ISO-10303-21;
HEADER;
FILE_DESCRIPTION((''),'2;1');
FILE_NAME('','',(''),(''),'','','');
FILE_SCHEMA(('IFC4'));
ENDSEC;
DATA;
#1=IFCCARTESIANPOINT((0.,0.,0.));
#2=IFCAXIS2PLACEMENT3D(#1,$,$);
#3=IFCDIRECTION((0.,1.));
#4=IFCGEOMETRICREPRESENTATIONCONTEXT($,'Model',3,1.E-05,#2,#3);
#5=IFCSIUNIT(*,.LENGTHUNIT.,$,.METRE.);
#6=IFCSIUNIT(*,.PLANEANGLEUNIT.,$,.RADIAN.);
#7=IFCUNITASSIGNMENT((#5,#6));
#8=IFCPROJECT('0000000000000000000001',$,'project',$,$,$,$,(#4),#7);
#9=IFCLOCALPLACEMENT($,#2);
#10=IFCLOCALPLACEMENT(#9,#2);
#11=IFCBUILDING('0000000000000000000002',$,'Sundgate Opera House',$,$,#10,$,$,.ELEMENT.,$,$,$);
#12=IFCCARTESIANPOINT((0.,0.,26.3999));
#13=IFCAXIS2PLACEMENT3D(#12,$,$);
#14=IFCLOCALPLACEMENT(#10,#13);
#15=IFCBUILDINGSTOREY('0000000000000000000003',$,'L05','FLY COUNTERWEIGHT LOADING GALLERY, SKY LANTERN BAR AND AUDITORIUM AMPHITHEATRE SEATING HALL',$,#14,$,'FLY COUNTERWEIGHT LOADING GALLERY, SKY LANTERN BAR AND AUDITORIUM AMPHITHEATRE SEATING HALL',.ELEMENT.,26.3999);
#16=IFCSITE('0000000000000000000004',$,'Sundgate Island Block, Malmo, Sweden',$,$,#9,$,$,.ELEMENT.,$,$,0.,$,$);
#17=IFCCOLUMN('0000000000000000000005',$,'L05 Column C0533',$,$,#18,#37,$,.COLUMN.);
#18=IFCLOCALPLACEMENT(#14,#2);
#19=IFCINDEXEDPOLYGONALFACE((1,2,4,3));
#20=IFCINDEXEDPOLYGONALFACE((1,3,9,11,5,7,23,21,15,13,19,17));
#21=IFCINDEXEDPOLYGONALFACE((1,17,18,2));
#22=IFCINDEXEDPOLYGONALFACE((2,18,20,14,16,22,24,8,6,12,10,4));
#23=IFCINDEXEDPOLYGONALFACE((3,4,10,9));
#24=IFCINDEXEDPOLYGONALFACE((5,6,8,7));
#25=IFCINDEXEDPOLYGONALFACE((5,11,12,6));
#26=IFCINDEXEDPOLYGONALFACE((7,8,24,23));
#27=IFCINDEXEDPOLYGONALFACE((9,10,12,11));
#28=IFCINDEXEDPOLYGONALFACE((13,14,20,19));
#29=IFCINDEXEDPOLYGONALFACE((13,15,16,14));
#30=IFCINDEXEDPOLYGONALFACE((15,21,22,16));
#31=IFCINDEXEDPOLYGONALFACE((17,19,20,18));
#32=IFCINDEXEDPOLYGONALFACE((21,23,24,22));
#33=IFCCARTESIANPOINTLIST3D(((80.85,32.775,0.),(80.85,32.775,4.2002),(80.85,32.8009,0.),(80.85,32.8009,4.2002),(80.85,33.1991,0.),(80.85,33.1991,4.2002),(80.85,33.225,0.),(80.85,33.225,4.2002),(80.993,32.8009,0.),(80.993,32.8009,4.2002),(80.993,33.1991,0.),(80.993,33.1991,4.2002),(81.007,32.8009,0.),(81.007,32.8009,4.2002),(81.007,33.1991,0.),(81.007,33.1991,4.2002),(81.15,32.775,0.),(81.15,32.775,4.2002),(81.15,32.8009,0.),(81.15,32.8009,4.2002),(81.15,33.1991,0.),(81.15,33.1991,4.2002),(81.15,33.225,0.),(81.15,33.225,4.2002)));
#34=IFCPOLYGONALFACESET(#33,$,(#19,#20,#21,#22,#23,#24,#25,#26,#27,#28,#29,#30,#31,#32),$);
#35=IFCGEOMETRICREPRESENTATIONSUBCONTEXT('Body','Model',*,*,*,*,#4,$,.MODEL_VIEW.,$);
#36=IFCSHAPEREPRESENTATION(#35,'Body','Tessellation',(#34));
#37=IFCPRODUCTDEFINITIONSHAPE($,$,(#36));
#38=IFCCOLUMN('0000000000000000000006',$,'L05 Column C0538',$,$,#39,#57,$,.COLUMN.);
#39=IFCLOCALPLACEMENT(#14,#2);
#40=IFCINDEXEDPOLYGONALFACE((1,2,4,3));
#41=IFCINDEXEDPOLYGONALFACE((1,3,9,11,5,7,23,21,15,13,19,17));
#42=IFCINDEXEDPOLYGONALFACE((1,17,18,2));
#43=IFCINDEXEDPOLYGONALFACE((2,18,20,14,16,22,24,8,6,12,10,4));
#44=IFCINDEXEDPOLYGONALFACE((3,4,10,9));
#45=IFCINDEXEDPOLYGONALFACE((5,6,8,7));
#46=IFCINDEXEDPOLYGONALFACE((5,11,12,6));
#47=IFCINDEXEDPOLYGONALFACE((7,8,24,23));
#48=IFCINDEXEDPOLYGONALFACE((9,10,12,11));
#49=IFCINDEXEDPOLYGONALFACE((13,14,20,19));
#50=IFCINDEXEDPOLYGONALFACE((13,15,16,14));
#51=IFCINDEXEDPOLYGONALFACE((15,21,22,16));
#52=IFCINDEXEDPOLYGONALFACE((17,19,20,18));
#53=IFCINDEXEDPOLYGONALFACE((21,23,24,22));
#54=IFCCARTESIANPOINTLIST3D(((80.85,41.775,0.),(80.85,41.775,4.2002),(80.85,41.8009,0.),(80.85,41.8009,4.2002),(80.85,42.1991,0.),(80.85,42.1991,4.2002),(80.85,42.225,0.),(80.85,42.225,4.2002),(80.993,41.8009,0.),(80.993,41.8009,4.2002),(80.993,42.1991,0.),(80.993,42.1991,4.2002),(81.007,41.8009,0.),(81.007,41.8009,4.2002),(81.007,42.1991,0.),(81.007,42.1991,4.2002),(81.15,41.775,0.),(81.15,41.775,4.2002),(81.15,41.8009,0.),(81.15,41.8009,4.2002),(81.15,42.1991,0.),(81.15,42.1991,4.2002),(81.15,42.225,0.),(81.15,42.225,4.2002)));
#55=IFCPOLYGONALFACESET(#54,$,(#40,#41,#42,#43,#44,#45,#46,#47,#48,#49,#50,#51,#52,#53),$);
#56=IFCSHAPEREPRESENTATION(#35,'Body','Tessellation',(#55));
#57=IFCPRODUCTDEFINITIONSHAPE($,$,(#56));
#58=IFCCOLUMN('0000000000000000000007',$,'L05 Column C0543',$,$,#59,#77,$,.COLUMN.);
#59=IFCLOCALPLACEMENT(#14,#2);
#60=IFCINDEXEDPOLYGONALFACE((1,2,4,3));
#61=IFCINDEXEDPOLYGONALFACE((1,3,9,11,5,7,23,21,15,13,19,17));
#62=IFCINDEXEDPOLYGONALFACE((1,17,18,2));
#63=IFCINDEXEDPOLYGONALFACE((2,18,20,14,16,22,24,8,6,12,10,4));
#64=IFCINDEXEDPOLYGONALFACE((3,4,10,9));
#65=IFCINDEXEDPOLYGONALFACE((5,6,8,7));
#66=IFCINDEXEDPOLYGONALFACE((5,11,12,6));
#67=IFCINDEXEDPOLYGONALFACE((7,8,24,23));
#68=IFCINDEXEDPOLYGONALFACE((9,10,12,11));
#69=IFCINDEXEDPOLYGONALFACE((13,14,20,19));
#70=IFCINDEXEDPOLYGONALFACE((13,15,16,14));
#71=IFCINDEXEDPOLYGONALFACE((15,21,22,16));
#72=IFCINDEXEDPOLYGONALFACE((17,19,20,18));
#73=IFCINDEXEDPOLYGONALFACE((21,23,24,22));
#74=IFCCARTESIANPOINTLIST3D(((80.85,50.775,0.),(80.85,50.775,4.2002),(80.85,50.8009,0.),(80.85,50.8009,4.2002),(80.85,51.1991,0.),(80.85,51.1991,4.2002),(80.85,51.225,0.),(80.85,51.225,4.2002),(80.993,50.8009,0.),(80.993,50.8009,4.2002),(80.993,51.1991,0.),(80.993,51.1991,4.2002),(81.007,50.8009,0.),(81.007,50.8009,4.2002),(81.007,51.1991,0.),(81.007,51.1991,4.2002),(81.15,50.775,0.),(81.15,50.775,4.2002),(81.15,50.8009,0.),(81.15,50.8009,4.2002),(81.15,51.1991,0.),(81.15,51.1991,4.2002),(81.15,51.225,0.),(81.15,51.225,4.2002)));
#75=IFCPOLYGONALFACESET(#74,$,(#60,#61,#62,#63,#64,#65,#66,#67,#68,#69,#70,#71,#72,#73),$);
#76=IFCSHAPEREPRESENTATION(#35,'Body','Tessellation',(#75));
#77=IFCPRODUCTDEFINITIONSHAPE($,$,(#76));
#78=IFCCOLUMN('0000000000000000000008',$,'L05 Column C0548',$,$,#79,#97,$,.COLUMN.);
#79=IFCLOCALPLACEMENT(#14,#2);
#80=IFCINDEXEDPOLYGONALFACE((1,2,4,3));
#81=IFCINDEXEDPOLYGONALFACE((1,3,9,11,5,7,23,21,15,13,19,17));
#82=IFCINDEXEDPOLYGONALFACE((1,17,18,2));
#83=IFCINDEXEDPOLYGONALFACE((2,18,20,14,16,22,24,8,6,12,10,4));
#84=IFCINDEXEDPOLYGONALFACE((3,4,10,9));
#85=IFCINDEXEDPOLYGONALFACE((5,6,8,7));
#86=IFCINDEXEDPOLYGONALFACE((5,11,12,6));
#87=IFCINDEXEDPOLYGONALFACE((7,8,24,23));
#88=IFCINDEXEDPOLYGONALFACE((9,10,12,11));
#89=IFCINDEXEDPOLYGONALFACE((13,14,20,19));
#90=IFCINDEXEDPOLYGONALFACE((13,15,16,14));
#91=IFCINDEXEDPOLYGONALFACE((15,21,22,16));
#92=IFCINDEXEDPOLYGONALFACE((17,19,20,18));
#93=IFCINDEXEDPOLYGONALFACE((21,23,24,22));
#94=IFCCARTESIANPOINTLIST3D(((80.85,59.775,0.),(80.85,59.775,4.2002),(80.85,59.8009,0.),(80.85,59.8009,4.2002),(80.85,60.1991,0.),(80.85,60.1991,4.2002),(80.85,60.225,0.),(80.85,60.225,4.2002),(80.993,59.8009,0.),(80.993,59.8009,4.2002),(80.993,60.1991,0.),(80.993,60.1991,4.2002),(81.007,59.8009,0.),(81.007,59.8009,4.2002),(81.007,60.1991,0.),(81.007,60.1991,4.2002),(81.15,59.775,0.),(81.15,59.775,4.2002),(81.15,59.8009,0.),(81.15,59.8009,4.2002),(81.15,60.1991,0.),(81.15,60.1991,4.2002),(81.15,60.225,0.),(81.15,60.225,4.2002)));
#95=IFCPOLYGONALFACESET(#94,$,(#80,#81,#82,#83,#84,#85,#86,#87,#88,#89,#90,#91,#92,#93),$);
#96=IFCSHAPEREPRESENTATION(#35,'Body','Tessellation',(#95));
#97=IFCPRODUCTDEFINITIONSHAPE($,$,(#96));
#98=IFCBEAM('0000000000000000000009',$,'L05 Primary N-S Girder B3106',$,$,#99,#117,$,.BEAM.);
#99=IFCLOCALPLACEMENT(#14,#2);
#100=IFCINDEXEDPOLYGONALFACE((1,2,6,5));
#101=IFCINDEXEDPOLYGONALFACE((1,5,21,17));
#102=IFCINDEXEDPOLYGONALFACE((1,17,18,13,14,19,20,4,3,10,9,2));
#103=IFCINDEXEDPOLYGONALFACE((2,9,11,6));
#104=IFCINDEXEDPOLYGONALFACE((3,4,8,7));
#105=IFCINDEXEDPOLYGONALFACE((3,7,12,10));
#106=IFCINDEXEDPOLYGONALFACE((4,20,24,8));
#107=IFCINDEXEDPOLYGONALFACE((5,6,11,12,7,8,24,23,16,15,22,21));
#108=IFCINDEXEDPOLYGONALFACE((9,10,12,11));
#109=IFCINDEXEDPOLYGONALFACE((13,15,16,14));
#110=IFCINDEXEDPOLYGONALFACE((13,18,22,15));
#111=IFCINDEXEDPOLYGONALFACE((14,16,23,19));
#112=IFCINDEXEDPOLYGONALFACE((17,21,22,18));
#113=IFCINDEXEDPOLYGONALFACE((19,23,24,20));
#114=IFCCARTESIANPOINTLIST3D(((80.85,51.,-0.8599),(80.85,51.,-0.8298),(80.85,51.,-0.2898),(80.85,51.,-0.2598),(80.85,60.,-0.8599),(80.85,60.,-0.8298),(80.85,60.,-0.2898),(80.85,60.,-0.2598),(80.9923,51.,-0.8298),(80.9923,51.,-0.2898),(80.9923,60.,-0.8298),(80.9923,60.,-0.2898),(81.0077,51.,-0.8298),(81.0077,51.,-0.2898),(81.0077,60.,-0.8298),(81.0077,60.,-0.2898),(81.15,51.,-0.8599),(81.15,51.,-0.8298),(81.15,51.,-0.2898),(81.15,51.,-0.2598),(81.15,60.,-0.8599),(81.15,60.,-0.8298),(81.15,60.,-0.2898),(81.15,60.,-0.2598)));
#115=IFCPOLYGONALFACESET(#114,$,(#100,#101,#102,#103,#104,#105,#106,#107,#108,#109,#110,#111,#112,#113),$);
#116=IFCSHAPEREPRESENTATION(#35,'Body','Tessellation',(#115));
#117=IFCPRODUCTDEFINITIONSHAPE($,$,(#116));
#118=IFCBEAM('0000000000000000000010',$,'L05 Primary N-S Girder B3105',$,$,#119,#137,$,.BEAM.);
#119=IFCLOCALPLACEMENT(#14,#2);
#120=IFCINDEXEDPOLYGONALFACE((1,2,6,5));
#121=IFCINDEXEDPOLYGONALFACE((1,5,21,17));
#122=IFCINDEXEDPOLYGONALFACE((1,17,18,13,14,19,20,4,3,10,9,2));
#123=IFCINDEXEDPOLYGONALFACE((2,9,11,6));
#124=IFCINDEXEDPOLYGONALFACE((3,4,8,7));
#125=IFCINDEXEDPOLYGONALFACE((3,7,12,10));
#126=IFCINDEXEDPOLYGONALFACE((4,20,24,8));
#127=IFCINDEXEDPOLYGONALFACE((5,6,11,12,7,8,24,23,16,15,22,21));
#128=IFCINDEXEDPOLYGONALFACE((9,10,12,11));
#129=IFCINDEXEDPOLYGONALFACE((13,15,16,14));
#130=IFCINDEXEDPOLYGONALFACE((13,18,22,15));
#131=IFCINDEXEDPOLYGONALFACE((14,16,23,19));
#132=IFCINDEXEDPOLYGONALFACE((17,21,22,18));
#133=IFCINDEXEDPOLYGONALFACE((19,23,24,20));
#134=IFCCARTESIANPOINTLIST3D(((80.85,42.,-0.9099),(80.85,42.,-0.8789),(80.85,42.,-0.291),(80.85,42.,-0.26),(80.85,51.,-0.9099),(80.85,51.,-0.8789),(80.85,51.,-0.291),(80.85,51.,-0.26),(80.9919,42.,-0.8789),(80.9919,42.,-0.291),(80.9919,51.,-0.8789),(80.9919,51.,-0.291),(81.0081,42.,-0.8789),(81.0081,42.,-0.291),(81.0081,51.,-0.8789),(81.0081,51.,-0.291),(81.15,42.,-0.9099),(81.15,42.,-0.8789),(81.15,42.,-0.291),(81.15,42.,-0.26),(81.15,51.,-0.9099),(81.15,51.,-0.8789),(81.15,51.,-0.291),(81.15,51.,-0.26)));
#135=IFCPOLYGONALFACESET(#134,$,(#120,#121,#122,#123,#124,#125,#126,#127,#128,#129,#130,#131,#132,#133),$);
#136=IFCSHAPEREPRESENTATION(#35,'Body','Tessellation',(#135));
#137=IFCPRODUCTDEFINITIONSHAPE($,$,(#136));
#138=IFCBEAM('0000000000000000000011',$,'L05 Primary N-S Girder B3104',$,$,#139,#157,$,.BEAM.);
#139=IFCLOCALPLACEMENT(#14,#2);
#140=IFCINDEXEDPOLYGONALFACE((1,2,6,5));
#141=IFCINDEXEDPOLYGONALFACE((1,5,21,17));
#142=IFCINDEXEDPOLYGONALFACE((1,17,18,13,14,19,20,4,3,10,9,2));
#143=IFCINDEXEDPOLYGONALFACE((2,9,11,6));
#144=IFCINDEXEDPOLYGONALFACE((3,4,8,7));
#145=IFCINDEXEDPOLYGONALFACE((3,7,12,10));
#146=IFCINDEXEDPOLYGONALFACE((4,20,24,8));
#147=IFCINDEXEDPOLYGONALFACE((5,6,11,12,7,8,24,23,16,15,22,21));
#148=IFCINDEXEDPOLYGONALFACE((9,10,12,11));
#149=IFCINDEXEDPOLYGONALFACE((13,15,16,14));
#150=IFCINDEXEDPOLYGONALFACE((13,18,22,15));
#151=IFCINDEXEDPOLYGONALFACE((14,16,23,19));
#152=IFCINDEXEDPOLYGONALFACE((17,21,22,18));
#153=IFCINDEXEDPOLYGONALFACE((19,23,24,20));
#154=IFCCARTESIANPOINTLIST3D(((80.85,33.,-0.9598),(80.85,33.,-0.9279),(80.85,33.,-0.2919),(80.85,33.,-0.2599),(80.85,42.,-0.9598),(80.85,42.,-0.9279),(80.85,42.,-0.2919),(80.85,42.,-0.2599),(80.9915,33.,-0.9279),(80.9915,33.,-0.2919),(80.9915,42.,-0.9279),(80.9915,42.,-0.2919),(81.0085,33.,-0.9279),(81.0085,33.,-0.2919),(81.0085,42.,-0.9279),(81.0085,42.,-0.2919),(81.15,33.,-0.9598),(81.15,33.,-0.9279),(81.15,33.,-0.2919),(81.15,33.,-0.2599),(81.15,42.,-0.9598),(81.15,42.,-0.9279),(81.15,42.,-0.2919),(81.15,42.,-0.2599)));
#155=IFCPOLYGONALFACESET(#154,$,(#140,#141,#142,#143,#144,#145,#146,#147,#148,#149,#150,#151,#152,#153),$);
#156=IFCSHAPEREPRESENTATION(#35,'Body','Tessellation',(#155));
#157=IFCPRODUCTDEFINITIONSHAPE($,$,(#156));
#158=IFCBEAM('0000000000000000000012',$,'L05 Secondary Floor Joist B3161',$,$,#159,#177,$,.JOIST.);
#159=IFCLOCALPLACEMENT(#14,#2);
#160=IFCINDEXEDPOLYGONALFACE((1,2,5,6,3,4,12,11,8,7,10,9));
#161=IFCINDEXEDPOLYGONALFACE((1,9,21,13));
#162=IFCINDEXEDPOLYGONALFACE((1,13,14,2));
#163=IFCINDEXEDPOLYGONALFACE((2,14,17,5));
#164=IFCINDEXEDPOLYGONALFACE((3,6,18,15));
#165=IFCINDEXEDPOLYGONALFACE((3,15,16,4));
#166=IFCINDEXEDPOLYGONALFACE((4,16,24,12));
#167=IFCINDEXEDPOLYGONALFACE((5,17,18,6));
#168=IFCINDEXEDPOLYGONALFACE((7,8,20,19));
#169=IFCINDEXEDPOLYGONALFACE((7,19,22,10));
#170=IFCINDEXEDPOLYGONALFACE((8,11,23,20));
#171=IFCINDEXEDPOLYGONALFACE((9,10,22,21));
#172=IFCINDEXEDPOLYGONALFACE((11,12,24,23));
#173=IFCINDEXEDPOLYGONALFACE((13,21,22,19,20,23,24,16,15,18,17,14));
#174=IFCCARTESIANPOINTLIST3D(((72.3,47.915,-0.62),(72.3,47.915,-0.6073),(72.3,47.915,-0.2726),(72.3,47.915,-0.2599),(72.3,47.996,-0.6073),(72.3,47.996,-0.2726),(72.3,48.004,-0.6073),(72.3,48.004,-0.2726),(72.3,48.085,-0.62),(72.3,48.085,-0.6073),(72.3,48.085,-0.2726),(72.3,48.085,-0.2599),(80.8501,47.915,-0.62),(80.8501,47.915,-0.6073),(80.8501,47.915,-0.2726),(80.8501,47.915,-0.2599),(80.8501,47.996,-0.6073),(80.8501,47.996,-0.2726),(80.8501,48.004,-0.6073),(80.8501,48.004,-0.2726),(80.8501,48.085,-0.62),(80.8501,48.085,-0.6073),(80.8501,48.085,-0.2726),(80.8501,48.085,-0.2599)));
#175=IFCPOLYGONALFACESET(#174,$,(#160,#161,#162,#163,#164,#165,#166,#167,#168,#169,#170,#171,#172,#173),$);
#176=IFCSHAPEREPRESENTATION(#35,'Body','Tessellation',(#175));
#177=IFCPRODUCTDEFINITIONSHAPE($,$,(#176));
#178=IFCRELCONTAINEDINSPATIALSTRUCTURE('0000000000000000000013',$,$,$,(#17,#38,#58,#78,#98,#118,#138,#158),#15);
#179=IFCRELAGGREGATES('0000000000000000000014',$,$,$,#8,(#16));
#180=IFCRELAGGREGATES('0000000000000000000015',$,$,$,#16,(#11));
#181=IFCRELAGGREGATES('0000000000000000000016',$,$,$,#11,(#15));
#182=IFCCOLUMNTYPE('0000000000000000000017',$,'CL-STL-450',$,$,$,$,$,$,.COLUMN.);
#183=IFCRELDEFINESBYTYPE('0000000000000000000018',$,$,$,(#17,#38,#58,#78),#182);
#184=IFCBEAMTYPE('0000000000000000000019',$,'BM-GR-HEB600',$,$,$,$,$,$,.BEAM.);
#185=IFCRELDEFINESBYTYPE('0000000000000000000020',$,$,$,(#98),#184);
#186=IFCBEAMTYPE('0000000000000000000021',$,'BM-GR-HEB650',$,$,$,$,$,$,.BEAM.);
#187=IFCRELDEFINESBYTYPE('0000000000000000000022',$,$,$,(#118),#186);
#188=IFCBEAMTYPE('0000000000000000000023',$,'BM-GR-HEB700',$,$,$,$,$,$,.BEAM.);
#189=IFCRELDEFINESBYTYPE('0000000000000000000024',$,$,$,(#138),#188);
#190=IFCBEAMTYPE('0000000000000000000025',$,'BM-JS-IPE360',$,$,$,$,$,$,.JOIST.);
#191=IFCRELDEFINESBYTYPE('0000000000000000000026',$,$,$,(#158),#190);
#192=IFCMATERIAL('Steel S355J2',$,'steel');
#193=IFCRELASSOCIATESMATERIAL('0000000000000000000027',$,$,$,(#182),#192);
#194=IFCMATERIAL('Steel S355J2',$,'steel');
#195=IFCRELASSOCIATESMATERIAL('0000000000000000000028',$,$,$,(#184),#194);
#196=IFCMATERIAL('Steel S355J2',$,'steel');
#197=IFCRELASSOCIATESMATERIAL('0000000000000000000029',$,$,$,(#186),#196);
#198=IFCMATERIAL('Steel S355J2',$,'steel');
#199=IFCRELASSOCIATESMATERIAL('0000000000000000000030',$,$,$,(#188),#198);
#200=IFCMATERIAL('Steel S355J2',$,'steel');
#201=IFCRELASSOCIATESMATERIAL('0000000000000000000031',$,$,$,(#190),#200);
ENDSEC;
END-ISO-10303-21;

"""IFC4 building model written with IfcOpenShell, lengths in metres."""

from ifc_helpers import new_model, si_unit, direction, frame, origin, origin_2d, place, context, subcontext, project, spatial, i_section, extrude, material, material_profile, profile_set, type_object, element, save


model = new_model("IFC4")

# Units and contexts
model_context = context("Model", 3, precision=1e-05, world=origin(), true_north=direction((0.0, 1.0)))
body_context = subcontext(model_context, "Body", "Model", "MODEL_VIEW")
ifc_project = project(units=[si_unit("LENGTHUNIT", "METRE"), si_unit("PLANEANGLEUNIT", "RADIAN")], contexts=[model_context])

# Site, building, storey
site_placement = place(None, origin())
site = spatial("IfcSite", under=ifc_project, at=site_placement, Name="Sundgate Island Block, Malmo, Sweden", CompositionType="ELEMENT", RefElevation=0.0)
building_placement = place(site_placement, origin())
building = spatial("IfcBuilding", under=site, at=building_placement, Name="Sundgate Opera House", CompositionType="ELEMENT")
storey_placement = place(building_placement, frame((0.0, 0.0, 26.3999)))
storey = spatial("IfcBuildingStorey", under=building, at=storey_placement, Name="L05", Description="FLY COUNTERWEIGHT LOADING GALLERY, SKY LANTERN BAR AND AUDITORIUM AMPHITHEATRE SEATING HALL", LongName="FLY COUNTERWEIGHT LOADING GALLERY, SKY LANTERN BAR AND AUDITORIUM AMPHITHEATRE SEATING HALL", CompositionType="ELEMENT", Elevation=26.3999)

# Columns
ifc_material_1 = material(Name="Steel S355J2", Category="steel")
ifc_material_profile_1 = material_profile(ifc_material_1, i_section(OverallWidth=0.3, OverallDepth=0.45, WebThickness=0.0139, FlangeThickness=0.0259, at=origin_2d()), Name="HEB 450")
ifc_profile_set_1 = profile_set([ifc_material_profile_1], Name="Steel S355J2")
column_type = type_object("IfcColumnType", Name="CL-STL-450", PredefinedType="COLUMN", material=ifc_profile_set_1)
for number, where, z_axis, x_axis, name in (
    (1, (81.0, 33.0, 0.0), (0.0, 0.0, 1.0), (1.0, 0.0, 0.0), "L05 Column C0533"),
    (2, (81.0, 42.0, 0.0), (0.0, 0.0, 1.0), (1.0, 0.0, 0.0), "L05 Column C0538"),
    (3, (81.0, 51.0, 0.0), (0.0, 0.0, 1.0), (1.0, 0.0, 0.0), "L05 Column C0543"),
    (4, (81.0, 60.0, 0.0), (0.0, 0.0, 1.0), (1.0, 0.0, 0.0), "L05 Column C0548"),
):
    element("IfcColumn", number, at=place(storey_placement, frame(where, z_axis=z_axis, x_axis=x_axis)), inside=storey, type_object=column_type, Name=name, PredefinedType="COLUMN", context=body_context, shape_type="SweptSolid", body=[
        extrude(i_section(OverallWidth=0.3, OverallDepth=0.45, WebThickness=0.0139, FlangeThickness=0.0259, at=origin_2d()), origin(), (0.0, 0.0, 1.0), 4.2002),
    ])

# Beams
ifc_material_2 = material(Name="Steel S355J2", Category="steel")
ifc_material_profile_2 = material_profile(ifc_material_2, i_section(OverallWidth=0.3, OverallDepth=0.6001, WebThickness=0.0154, FlangeThickness=0.03, at=origin_2d()), Name="HEB 600")
ifc_profile_set_2 = profile_set([ifc_material_profile_2], Name="Steel S355J2")
beam_type_1 = type_object("IfcBeamType", Name="BM-GR-HEB600", PredefinedType="BEAM", material=ifc_profile_set_2)
beam_1_placement = place(storey_placement, frame((81.0, 51.0, -0.5598), z_axis=(0.0, 1.0, 0.0), x_axis=(-1.0, 0.0, 0.0)))
element("IfcBeam", 5, at=beam_1_placement, inside=storey, type_object=beam_type_1, Name="L05 Primary N-S Girder B3106", PredefinedType="BEAM", context=body_context, shape_type="SweptSolid", body=[
    extrude(i_section(OverallWidth=0.3, OverallDepth=0.6001, WebThickness=0.0154, FlangeThickness=0.03, at=origin_2d()), origin(), (0.0, 0.0, 1.0), 9.0),
])
ifc_material_3 = material(Name="Steel S355J2", Category="steel")
ifc_material_profile_3 = material_profile(ifc_material_3, i_section(OverallWidth=0.3, OverallDepth=0.6499, WebThickness=0.0161, FlangeThickness=0.031, at=origin_2d()), Name="HEB 650")
ifc_profile_set_3 = profile_set([ifc_material_profile_3], Name="Steel S355J2")
beam_type_2 = type_object("IfcBeamType", Name="BM-GR-HEB650", PredefinedType="BEAM", material=ifc_profile_set_3)
beam_2_placement = place(storey_placement, frame((81.0, 42.0, -0.585), z_axis=(0.0, 1.0, 0.0), x_axis=(-1.0, 0.0, 0.0)))
element("IfcBeam", 6, at=beam_2_placement, inside=storey, type_object=beam_type_2, Name="L05 Primary N-S Girder B3105", PredefinedType="BEAM", context=body_context, shape_type="SweptSolid", body=[
    extrude(i_section(OverallWidth=0.3, OverallDepth=0.6499, WebThickness=0.0161, FlangeThickness=0.031, at=origin_2d()), origin(), (0.0, 0.0, 1.0), 9.0),
])
ifc_material_4 = material(Name="Steel S355J2", Category="steel")
ifc_material_profile_4 = material_profile(ifc_material_4, i_section(OverallWidth=0.3, OverallDepth=0.7, WebThickness=0.0171, FlangeThickness=0.032, at=origin_2d()), Name="HEB 700")
ifc_profile_set_4 = profile_set([ifc_material_profile_4], Name="Steel S355J2")
beam_type_3 = type_object("IfcBeamType", Name="BM-GR-HEB700", PredefinedType="BEAM", material=ifc_profile_set_4)
beam_3_placement = place(storey_placement, frame((81.0, 33.0, -0.6099), z_axis=(0.0, 1.0, 0.0), x_axis=(-1.0, 0.0, 0.0)))
element("IfcBeam", 7, at=beam_3_placement, inside=storey, type_object=beam_type_3, Name="L05 Primary N-S Girder B3104", PredefinedType="BEAM", context=body_context, shape_type="SweptSolid", body=[
    extrude(i_section(OverallWidth=0.3, OverallDepth=0.7, WebThickness=0.0171, FlangeThickness=0.032, at=origin_2d()), origin(), (0.0, 0.0, 1.0), 9.0),
])
ifc_material_5 = material(Name="Steel S355J2", Category="steel")
ifc_material_profile_5 = material_profile(ifc_material_5, i_section(OverallWidth=0.1699, OverallDepth=0.3601, WebThickness=0.0081, FlangeThickness=0.0127, at=origin_2d()), Name="IPE 360")
ifc_profile_set_5 = profile_set([ifc_material_profile_5], Name="Steel S355J2")
beam_type_4 = type_object("IfcBeamType", Name="BM-JS-IPE360", PredefinedType="JOIST", material=ifc_profile_set_5)
beam_4_placement = place(storey_placement, frame((72.3, 48.0, -0.4399), z_axis=(1.0, 0.0, 0.0), x_axis=(0.0, 1.0, 0.0)))
element("IfcBeam", 8, at=beam_4_placement, inside=storey, type_object=beam_type_4, Name="L05 Secondary Floor Joist B3161", PredefinedType="JOIST", context=body_context, shape_type="SweptSolid", body=[
    extrude(i_section(OverallWidth=0.1699, OverallDepth=0.3601, WebThickness=0.0081, FlangeThickness=0.0127, at=origin_2d()), origin(), (0.0, 0.0, 1.0), 8.55),
])

save(model, "model.ifc")
